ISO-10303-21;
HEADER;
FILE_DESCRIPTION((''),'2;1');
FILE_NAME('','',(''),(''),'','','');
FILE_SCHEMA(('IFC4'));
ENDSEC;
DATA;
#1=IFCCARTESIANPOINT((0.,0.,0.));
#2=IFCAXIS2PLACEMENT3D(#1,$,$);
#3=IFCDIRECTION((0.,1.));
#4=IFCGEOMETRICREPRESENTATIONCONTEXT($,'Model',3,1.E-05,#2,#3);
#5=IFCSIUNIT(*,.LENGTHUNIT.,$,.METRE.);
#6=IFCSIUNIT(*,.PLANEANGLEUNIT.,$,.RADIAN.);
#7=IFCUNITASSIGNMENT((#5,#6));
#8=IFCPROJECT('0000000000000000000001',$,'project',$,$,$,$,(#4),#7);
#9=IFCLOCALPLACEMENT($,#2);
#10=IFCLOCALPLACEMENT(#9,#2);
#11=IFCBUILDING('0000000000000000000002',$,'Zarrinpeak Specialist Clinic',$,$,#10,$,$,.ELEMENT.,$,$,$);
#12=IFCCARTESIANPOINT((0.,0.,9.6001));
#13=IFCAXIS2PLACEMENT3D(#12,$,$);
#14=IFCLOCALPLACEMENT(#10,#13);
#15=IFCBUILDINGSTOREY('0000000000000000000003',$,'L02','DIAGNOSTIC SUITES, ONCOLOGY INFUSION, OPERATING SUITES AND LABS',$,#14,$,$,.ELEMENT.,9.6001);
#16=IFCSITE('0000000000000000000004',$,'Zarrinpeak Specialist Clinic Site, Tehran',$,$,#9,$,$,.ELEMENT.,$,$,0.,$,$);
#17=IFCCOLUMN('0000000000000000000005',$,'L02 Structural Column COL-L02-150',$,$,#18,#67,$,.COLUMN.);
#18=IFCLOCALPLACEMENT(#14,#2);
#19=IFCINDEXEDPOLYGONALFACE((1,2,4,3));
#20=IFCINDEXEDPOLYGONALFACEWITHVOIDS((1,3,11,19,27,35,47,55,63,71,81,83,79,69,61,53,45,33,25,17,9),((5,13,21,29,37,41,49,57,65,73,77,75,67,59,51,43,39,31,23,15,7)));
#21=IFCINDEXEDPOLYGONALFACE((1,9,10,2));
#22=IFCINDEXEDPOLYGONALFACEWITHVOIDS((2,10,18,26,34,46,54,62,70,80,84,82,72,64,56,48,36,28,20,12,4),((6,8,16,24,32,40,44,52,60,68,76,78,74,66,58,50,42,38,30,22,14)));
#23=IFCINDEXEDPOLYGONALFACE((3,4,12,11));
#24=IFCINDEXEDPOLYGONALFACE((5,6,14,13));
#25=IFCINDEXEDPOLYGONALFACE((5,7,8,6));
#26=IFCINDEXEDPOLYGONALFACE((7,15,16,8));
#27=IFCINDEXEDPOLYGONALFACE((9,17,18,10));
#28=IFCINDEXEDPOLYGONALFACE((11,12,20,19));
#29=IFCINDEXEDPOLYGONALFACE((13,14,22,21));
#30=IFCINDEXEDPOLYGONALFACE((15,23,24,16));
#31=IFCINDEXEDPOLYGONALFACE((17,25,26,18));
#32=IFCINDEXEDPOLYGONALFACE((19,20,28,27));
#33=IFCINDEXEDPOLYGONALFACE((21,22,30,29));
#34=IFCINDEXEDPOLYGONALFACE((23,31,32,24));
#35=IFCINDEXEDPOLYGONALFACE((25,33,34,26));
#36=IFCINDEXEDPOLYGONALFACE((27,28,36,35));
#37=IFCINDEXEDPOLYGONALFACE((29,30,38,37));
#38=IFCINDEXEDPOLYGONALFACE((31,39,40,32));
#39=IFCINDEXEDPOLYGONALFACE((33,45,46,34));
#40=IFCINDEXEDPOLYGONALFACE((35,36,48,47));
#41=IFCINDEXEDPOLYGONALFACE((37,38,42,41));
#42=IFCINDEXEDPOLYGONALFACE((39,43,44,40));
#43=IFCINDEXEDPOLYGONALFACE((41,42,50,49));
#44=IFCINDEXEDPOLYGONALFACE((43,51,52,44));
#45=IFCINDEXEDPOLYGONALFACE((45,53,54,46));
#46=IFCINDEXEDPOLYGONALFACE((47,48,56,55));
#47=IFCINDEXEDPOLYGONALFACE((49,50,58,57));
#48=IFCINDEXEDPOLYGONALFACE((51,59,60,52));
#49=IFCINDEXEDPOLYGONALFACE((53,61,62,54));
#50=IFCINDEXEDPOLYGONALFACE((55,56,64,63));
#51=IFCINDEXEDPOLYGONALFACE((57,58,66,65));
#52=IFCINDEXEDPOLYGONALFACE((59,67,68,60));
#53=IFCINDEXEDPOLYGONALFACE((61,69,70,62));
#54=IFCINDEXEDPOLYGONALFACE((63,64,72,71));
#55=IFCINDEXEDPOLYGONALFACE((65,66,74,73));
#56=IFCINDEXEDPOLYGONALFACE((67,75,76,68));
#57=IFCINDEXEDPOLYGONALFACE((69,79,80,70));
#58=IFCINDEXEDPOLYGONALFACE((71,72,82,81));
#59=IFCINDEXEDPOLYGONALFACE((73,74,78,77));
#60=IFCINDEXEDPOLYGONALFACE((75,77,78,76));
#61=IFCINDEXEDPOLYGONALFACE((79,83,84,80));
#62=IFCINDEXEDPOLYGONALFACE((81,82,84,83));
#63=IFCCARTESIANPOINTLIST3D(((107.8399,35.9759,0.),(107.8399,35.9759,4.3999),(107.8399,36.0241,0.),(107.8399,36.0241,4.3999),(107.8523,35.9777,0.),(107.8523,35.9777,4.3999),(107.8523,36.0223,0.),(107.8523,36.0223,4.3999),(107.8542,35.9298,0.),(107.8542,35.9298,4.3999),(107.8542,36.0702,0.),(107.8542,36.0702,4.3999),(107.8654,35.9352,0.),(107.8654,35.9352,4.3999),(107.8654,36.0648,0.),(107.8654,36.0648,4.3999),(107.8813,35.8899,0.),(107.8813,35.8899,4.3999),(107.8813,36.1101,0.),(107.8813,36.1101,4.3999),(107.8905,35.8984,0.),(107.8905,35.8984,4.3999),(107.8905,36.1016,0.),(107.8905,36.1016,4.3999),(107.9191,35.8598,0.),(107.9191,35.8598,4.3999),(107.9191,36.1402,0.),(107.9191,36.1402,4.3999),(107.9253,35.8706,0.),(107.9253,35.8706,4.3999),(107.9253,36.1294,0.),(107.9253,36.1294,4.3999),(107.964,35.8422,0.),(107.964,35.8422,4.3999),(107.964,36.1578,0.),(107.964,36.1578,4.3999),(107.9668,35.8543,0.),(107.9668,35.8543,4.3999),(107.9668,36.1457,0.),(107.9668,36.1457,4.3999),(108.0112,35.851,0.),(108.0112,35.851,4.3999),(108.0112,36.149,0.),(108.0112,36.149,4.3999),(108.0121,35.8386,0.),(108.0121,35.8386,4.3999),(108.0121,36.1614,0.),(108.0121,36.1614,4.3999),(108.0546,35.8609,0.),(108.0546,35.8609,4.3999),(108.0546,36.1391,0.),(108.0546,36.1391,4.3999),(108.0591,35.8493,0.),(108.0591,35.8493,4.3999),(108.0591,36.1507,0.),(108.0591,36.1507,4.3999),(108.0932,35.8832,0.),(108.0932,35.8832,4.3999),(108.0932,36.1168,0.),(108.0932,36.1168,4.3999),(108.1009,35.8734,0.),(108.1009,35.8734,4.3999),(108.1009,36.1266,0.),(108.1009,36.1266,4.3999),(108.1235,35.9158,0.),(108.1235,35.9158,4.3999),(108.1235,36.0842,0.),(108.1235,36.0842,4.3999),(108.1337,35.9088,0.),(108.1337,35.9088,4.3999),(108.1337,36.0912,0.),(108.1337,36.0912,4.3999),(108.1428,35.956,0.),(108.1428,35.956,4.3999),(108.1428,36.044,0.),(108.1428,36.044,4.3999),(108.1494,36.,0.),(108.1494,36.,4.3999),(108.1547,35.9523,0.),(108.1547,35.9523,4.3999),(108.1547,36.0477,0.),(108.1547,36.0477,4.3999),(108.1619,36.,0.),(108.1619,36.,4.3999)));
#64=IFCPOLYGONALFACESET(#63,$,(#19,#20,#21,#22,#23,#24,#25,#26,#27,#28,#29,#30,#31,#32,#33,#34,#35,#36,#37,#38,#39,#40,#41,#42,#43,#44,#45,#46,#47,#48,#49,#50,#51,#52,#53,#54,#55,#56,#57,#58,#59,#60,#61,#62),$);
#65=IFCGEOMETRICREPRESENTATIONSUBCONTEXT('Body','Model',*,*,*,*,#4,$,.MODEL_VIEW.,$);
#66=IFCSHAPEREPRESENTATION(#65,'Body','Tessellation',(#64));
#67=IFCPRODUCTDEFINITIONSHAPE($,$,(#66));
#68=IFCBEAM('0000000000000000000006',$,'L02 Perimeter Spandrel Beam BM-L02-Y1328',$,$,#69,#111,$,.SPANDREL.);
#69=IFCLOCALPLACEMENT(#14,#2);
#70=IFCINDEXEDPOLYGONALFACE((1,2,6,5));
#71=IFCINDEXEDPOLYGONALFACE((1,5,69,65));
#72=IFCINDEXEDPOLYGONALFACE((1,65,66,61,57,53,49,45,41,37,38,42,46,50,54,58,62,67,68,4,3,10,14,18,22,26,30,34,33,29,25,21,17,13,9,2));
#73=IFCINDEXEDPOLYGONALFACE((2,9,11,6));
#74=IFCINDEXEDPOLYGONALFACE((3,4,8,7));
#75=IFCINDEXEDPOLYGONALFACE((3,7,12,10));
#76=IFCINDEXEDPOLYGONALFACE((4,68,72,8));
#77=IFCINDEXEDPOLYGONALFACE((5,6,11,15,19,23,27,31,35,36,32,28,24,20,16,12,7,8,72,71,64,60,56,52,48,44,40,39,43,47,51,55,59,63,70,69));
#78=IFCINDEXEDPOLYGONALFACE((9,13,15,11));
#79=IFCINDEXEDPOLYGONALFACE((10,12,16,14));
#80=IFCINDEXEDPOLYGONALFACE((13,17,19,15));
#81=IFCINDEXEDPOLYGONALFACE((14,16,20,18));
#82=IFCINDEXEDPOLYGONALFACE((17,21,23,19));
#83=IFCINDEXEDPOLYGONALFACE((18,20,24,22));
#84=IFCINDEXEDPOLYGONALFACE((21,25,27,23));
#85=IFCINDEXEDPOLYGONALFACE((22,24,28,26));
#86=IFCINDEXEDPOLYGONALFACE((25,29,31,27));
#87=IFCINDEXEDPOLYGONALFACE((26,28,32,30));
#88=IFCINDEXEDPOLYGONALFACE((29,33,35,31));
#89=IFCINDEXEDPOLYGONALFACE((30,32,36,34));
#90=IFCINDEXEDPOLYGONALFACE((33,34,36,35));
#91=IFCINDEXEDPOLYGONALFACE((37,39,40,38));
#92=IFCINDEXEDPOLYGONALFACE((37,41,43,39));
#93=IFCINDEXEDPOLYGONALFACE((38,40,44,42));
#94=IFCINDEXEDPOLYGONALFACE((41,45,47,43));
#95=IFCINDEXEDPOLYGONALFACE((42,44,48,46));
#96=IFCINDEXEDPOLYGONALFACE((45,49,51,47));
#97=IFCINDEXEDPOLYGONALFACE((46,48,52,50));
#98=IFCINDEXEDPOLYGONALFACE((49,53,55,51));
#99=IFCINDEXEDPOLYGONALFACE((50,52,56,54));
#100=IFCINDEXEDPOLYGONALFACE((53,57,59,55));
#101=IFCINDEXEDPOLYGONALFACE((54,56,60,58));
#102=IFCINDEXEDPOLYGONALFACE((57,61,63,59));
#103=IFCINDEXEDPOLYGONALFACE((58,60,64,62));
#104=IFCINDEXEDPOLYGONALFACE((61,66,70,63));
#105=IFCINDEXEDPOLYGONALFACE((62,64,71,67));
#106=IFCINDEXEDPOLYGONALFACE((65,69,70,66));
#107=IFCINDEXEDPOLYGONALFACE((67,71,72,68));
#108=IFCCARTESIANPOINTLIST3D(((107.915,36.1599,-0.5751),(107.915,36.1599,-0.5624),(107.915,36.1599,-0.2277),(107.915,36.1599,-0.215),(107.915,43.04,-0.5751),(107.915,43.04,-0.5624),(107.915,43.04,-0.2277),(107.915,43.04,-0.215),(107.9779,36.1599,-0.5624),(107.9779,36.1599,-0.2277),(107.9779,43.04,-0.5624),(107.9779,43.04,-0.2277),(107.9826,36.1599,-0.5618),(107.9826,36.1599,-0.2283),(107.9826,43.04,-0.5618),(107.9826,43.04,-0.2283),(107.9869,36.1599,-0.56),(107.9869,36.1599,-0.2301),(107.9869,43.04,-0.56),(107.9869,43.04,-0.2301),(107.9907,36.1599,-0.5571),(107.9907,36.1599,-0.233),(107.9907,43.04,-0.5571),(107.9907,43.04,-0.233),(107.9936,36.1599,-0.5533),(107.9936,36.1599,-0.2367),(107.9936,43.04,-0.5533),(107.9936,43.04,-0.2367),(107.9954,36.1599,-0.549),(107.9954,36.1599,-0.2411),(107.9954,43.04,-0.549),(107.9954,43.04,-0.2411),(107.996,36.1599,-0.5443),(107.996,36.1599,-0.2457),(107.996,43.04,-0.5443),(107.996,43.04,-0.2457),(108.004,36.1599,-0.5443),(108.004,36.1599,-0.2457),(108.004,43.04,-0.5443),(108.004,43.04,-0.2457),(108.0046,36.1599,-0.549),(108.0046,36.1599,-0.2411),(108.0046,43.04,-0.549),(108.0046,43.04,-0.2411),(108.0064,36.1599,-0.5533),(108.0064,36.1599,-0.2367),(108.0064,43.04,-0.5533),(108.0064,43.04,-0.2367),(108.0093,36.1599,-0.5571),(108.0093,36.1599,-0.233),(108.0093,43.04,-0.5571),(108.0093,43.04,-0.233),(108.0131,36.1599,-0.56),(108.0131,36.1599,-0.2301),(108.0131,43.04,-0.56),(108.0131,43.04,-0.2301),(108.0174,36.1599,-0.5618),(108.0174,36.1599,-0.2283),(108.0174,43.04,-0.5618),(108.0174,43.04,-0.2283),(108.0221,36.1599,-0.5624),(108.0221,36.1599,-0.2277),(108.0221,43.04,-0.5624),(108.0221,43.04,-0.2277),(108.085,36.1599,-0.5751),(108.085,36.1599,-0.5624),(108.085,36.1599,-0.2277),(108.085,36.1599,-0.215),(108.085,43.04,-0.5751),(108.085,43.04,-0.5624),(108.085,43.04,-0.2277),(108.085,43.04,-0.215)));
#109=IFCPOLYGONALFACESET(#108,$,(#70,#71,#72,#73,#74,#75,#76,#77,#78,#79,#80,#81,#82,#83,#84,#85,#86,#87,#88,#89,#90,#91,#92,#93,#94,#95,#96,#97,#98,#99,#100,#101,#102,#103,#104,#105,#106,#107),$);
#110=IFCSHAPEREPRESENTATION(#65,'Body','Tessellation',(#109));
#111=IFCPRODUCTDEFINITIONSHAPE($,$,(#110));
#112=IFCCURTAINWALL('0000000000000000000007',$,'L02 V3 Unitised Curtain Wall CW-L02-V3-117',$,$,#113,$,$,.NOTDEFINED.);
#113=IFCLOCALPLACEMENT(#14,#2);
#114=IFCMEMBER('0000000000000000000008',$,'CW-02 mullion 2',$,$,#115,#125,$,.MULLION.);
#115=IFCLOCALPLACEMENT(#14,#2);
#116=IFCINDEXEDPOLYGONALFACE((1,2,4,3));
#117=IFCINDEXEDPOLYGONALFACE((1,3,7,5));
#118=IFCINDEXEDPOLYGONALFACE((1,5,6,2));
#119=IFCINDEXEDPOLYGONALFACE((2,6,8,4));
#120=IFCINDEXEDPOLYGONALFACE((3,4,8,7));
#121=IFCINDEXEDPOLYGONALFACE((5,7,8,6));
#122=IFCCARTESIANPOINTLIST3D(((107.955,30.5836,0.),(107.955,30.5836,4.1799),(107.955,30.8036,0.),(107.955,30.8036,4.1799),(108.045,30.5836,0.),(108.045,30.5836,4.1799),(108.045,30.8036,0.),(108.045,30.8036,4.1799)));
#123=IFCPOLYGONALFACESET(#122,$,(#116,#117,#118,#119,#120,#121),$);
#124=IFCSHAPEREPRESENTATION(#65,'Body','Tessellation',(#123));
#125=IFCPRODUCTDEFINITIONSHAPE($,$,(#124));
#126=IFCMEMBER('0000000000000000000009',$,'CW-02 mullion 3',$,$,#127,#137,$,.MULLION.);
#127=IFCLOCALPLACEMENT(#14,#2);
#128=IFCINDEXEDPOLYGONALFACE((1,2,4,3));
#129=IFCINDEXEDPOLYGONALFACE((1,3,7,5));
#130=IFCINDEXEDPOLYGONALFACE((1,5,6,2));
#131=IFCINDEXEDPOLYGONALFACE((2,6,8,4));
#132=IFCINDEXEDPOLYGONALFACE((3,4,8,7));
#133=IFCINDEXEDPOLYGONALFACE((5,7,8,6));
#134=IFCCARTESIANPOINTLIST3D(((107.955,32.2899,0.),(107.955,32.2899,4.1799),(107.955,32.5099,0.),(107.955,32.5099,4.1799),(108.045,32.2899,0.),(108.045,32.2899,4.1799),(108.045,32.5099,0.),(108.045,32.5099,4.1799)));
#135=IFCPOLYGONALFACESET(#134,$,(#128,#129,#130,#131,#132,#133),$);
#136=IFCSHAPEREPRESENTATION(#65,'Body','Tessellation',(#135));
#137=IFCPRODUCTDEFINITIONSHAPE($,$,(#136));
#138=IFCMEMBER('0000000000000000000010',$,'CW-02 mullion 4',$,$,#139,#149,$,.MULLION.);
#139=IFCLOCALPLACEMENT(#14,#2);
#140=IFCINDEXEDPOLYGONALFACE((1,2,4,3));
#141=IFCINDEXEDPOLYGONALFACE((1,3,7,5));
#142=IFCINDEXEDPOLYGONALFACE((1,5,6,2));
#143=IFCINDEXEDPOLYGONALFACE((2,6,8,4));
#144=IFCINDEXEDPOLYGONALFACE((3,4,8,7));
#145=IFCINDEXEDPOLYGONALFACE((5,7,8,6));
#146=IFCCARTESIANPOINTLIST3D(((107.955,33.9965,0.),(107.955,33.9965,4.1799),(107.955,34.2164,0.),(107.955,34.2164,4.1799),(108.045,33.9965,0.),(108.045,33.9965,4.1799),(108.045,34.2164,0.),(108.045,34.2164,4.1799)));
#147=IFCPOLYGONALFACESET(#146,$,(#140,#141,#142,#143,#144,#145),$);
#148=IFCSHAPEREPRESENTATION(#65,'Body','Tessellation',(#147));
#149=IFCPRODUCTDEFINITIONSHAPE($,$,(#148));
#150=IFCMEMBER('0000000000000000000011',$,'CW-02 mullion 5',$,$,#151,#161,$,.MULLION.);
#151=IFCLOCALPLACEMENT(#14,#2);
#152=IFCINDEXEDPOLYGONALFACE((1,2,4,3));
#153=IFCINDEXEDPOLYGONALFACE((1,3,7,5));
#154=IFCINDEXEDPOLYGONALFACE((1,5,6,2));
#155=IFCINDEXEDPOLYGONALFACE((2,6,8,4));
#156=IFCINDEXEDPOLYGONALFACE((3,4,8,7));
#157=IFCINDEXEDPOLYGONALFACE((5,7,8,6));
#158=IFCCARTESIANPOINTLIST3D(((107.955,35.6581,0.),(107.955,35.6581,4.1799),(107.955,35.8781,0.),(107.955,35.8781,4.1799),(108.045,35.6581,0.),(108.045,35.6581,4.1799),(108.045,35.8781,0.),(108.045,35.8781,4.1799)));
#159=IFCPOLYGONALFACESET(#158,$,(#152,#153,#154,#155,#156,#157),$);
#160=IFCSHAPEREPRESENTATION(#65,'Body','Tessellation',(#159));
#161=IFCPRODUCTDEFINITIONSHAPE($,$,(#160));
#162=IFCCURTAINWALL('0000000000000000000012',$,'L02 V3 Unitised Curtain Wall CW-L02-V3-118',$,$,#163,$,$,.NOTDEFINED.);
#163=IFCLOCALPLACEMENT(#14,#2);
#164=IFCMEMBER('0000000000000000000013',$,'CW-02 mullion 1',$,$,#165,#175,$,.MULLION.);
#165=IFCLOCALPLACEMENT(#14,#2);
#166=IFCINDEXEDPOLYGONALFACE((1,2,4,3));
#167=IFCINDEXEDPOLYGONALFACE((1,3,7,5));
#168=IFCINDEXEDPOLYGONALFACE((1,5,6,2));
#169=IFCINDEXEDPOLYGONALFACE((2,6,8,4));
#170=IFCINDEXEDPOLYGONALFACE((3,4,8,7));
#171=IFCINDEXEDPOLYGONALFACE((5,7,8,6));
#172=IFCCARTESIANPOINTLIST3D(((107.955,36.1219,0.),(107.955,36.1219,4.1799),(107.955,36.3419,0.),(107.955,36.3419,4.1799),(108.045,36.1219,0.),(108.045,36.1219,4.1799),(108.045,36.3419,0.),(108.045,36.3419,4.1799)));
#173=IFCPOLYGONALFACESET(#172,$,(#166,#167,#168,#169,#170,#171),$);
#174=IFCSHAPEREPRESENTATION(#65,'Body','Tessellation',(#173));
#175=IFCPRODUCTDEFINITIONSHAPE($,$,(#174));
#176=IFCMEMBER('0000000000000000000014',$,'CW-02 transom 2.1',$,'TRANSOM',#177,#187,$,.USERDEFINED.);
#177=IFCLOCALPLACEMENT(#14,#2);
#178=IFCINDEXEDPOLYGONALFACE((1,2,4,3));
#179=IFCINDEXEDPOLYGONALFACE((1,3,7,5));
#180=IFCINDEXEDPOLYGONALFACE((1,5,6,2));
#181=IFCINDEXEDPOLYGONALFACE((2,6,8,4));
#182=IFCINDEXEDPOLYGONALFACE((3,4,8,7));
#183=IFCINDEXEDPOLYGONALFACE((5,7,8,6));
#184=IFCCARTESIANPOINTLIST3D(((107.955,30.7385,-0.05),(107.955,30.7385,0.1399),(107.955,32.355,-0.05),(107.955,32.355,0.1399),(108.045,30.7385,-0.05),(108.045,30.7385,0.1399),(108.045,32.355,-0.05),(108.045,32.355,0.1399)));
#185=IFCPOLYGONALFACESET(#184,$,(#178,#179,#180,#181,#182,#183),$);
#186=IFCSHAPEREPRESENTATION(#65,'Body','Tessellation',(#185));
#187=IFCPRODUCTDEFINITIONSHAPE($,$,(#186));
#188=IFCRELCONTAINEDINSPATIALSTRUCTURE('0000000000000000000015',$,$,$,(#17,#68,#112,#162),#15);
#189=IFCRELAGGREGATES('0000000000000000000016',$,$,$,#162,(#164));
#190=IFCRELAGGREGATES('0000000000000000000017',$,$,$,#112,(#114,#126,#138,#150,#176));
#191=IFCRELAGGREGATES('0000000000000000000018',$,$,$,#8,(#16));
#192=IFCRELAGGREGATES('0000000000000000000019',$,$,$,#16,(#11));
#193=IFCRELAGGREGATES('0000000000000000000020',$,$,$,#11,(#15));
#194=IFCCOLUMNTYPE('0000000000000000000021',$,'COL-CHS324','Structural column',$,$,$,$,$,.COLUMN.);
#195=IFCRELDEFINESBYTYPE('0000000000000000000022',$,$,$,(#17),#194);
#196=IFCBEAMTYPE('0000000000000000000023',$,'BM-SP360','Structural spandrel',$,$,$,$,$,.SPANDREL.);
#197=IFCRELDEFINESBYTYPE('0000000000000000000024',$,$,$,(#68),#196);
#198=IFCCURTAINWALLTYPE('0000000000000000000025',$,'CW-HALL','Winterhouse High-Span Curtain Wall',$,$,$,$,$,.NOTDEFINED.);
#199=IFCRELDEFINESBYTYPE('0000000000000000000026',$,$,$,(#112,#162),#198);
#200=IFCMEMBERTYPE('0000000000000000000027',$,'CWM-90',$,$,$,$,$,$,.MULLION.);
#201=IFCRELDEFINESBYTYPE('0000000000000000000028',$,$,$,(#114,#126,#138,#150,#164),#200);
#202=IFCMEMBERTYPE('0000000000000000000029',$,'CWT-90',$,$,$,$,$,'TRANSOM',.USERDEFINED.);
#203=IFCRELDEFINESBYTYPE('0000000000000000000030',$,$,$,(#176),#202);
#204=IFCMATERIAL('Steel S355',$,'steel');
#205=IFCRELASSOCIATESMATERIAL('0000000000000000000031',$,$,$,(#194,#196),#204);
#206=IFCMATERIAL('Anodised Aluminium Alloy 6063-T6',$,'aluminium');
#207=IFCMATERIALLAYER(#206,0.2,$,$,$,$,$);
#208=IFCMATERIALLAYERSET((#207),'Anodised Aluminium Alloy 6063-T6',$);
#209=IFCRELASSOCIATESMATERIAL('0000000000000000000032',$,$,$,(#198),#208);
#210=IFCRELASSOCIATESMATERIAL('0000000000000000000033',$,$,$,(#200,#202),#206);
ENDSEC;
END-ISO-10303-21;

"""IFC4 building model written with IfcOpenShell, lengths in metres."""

from ifc_helpers import new_model, si_unit, direction, frame, origin, origin_2d, place, context, subcontext, project, spatial, rectangle, hollow_circle, i_section, extrude, material, layer, layer_set, material_profile, profile_set, type_object, element, aggregate, save


model = new_model("IFC4")

# Units and contexts
model_context = context("Model", 3, precision=1e-05, world=origin(), true_north=direction((0.0, 1.0)))
body_context = subcontext(model_context, "Body", "Model", "MODEL_VIEW")
ifc_project = project(units=[si_unit("LENGTHUNIT", "METRE"), si_unit("PLANEANGLEUNIT", "RADIAN")], contexts=[model_context])

# Site, building, storey
site_placement = place(None, origin())
site = spatial("IfcSite", under=ifc_project, at=site_placement, Name="Zarrinpeak Specialist Clinic Site, Tehran", CompositionType="ELEMENT", RefElevation=0.0)
building_placement = place(site_placement, origin())
building = spatial("IfcBuilding", under=site, at=building_placement, Name="Zarrinpeak Specialist Clinic", CompositionType="ELEMENT")
storey_placement = place(building_placement, frame((0.0, 0.0, 9.6001)))
storey = spatial("IfcBuildingStorey", under=building, at=storey_placement, Name="L02", Description="DIAGNOSTIC SUITES, ONCOLOGY INFUSION, OPERATING SUITES AND LABS", CompositionType="ELEMENT", Elevation=9.6001)

# Column
ifc_material_1 = material(Name="Steel S355", Category="steel")
ifc_material_profile_1 = material_profile(ifc_material_1, hollow_circle(Radius=0.1619, WallThickness=0.0125, at=origin_2d()), Name="CHS 323.9x12.5")
ifc_profile_set_1 = profile_set([ifc_material_profile_1], Name="Steel S355")
column_type = type_object("IfcColumnType", Name="COL-CHS324", Description="Structural column", PredefinedType="COLUMN", material=ifc_profile_set_1)
column_placement = place(storey_placement, frame((108.0, 36.0, 0.0), z_axis=(0.0, 0.0, 1.0), x_axis=(1.0, 0.0, 0.0)))
element("IfcColumn", 1, at=column_placement, inside=storey, type_object=column_type, Name="L02 Structural Column COL-L02-150", PredefinedType="COLUMN", context=body_context, shape_type="SweptSolid", body=[
    extrude(hollow_circle(Radius=0.1619, WallThickness=0.0125, at=origin_2d()), origin(), (0.0, 0.0, 1.0), 4.3999),
])

# Beam
ifc_material_profile_2 = material_profile(ifc_material_1, i_section(OverallWidth=0.1699, OverallDepth=0.3601, WebThickness=0.0081, FlangeThickness=0.0127, FilletRadius=0.0181, at=origin_2d()), Name="IPE 360")
ifc_profile_set_2 = profile_set([ifc_material_profile_2], Name="Steel S355")
beam_type = type_object("IfcBeamType", Name="BM-SP360", Description="Structural spandrel", PredefinedType="SPANDREL", material=ifc_profile_set_2)
beam_placement = place(storey_placement, frame((108.0, 36.1599, -0.395), z_axis=(0.0, 1.0, 0.0), x_axis=(-1.0, 0.0, 0.0)))
element("IfcBeam", 2, at=beam_placement, inside=storey, type_object=beam_type, Name="L02 Perimeter Spandrel Beam BM-L02-Y1328", PredefinedType="SPANDREL", context=body_context, shape_type="SweptSolid", body=[
    extrude(i_section(OverallWidth=0.1699, OverallDepth=0.3601, WebThickness=0.0081, FlangeThickness=0.0127, FilletRadius=0.0181, at=origin_2d()), origin(), (0.0, 0.0, 1.0), 6.8801),
])

# Curtain wall, members
ifc_material_2 = material(Name="Anodised Aluminium Alloy 6063-T6", Category="aluminium")
ifc_layer_1 = layer(ifc_material_2, 0.2)
ifc_layer_set_1 = layer_set([ifc_layer_1], Name="Anodised Aluminium Alloy 6063-T6")
curtain_wall_type = type_object("IfcCurtainWallType", Name="CW-HALL", Description="Winterhouse High-Span Curtain Wall", PredefinedType="NOTDEFINED", material=ifc_layer_set_1)
curtain_wall_1_placement = place(storey_placement, origin())
curtain_wall_1 = element("IfcCurtainWall", 3, at=curtain_wall_1_placement, inside=storey, type_object=curtain_wall_type, Name="L02 V3 Unitised Curtain Wall CW-L02-V3-117", PredefinedType="NOTDEFINED")
ifc_material_profile_3 = material_profile(ifc_material_2, rectangle(XDim=0.0901, YDim=0.22, at=origin_2d()), Name="ALU 90x220")
ifc_profile_set_3 = profile_set([ifc_material_profile_3], Name="Anodised Aluminium Alloy 6063-T6")
member_type_1 = type_object("IfcMemberType", Name="CWM-90", PredefinedType="MULLION", material=ifc_profile_set_3)
member_1_placement = place(storey_placement, frame((108.0, 30.6936, 0.0), z_axis=(0.0, 0.0, 1.0), x_axis=(-1.0, 0.0, 0.0)))
member_1 = element("IfcMember", 4, at=member_1_placement, type_object=member_type_1, Name="CW-02 mullion 2", PredefinedType="MULLION", context=body_context, shape_type="SweptSolid", body=[
    extrude(rectangle(XDim=0.0901, YDim=0.22, at=origin_2d()), origin(), (0.0, 0.0, 1.0), 4.1799),
])
member_2_placement = place(storey_placement, frame((108.0, 32.3999, 0.0), z_axis=(0.0, 0.0, 1.0), x_axis=(-1.0, 0.0, 0.0)))
member_2 = element("IfcMember", 5, at=member_2_placement, type_object=member_type_1, Name="CW-02 mullion 3", PredefinedType="MULLION", context=body_context, shape_type="SweptSolid", body=[
    extrude(rectangle(XDim=0.0901, YDim=0.22, at=origin_2d()), origin(), (0.0, 0.0, 1.0), 4.1799),
])
member_3_placement = place(storey_placement, frame((108.0, 34.1064, 0.0), z_axis=(0.0, 0.0, 1.0), x_axis=(-1.0, 0.0, 0.0)))
member_3 = element("IfcMember", 6, at=member_3_placement, type_object=member_type_1, Name="CW-02 mullion 4", PredefinedType="MULLION", context=body_context, shape_type="SweptSolid", body=[
    extrude(rectangle(XDim=0.0901, YDim=0.22, at=origin_2d()), origin(), (0.0, 0.0, 1.0), 4.1799),
])
member_4_placement = place(storey_placement, frame((108.0, 35.7681, 0.0), z_axis=(0.0, 0.0, 1.0), x_axis=(-1.0, 0.0, 0.0)))
member_4 = element("IfcMember", 7, at=member_4_placement, type_object=member_type_1, Name="CW-02 mullion 5", PredefinedType="MULLION", context=body_context, shape_type="SweptSolid", body=[
    extrude(rectangle(XDim=0.0901, YDim=0.22, at=origin_2d()), origin(), (0.0, 0.0, 1.0), 4.1799),
])

# Curtain wall, member
curtain_wall_2_placement = place(storey_placement, origin())
curtain_wall_2 = element("IfcCurtainWall", 8, at=curtain_wall_2_placement, inside=storey, type_object=curtain_wall_type, Name="L02 V3 Unitised Curtain Wall CW-L02-V3-118", PredefinedType="NOTDEFINED")
member_5_placement = place(storey_placement, frame((108.0, 36.2319, 0.0), z_axis=(0.0, 0.0, 1.0), x_axis=(-1.0, 0.0, 0.0)))
member_5 = element("IfcMember", 9, at=member_5_placement, type_object=member_type_1, Name="CW-02 mullion 1", PredefinedType="MULLION", context=body_context, shape_type="SweptSolid", body=[
    extrude(rectangle(XDim=0.0901, YDim=0.22, at=origin_2d()), origin(), (0.0, 0.0, 1.0), 4.1799),
])

# Member
ifc_material_profile_4 = material_profile(ifc_material_2, rectangle(XDim=0.0901, YDim=0.1899, at=origin_2d()), Name="ALU 90x190")
ifc_profile_set_4 = profile_set([ifc_material_profile_4], Name="Anodised Aluminium Alloy 6063-T6")
member_type_2 = type_object("IfcMemberType", Name="CWT-90", ElementType="TRANSOM", PredefinedType="USERDEFINED", material=ifc_profile_set_4)
member_6_placement = place(storey_placement, frame((108.0, 30.7385, 0.0449), z_axis=(0.0, 1.0, 0.0), x_axis=(-1.0, 0.0, 0.0)))
member_6 = element("IfcMember", 10, at=member_6_placement, type_object=member_type_2, Name="CW-02 transom 2.1", ObjectType="TRANSOM", PredefinedType="USERDEFINED", context=body_context, shape_type="SweptSolid", body=[
    extrude(rectangle(XDim=0.0901, YDim=0.1899, at=origin_2d()), origin(), (0.0, 0.0, 1.0), 1.6165),
])

aggregate(curtain_wall_2, [member_5])
aggregate(curtain_wall_1, [member_1, member_2, member_3, member_4, member_6])

save(model, "model.ifc")
